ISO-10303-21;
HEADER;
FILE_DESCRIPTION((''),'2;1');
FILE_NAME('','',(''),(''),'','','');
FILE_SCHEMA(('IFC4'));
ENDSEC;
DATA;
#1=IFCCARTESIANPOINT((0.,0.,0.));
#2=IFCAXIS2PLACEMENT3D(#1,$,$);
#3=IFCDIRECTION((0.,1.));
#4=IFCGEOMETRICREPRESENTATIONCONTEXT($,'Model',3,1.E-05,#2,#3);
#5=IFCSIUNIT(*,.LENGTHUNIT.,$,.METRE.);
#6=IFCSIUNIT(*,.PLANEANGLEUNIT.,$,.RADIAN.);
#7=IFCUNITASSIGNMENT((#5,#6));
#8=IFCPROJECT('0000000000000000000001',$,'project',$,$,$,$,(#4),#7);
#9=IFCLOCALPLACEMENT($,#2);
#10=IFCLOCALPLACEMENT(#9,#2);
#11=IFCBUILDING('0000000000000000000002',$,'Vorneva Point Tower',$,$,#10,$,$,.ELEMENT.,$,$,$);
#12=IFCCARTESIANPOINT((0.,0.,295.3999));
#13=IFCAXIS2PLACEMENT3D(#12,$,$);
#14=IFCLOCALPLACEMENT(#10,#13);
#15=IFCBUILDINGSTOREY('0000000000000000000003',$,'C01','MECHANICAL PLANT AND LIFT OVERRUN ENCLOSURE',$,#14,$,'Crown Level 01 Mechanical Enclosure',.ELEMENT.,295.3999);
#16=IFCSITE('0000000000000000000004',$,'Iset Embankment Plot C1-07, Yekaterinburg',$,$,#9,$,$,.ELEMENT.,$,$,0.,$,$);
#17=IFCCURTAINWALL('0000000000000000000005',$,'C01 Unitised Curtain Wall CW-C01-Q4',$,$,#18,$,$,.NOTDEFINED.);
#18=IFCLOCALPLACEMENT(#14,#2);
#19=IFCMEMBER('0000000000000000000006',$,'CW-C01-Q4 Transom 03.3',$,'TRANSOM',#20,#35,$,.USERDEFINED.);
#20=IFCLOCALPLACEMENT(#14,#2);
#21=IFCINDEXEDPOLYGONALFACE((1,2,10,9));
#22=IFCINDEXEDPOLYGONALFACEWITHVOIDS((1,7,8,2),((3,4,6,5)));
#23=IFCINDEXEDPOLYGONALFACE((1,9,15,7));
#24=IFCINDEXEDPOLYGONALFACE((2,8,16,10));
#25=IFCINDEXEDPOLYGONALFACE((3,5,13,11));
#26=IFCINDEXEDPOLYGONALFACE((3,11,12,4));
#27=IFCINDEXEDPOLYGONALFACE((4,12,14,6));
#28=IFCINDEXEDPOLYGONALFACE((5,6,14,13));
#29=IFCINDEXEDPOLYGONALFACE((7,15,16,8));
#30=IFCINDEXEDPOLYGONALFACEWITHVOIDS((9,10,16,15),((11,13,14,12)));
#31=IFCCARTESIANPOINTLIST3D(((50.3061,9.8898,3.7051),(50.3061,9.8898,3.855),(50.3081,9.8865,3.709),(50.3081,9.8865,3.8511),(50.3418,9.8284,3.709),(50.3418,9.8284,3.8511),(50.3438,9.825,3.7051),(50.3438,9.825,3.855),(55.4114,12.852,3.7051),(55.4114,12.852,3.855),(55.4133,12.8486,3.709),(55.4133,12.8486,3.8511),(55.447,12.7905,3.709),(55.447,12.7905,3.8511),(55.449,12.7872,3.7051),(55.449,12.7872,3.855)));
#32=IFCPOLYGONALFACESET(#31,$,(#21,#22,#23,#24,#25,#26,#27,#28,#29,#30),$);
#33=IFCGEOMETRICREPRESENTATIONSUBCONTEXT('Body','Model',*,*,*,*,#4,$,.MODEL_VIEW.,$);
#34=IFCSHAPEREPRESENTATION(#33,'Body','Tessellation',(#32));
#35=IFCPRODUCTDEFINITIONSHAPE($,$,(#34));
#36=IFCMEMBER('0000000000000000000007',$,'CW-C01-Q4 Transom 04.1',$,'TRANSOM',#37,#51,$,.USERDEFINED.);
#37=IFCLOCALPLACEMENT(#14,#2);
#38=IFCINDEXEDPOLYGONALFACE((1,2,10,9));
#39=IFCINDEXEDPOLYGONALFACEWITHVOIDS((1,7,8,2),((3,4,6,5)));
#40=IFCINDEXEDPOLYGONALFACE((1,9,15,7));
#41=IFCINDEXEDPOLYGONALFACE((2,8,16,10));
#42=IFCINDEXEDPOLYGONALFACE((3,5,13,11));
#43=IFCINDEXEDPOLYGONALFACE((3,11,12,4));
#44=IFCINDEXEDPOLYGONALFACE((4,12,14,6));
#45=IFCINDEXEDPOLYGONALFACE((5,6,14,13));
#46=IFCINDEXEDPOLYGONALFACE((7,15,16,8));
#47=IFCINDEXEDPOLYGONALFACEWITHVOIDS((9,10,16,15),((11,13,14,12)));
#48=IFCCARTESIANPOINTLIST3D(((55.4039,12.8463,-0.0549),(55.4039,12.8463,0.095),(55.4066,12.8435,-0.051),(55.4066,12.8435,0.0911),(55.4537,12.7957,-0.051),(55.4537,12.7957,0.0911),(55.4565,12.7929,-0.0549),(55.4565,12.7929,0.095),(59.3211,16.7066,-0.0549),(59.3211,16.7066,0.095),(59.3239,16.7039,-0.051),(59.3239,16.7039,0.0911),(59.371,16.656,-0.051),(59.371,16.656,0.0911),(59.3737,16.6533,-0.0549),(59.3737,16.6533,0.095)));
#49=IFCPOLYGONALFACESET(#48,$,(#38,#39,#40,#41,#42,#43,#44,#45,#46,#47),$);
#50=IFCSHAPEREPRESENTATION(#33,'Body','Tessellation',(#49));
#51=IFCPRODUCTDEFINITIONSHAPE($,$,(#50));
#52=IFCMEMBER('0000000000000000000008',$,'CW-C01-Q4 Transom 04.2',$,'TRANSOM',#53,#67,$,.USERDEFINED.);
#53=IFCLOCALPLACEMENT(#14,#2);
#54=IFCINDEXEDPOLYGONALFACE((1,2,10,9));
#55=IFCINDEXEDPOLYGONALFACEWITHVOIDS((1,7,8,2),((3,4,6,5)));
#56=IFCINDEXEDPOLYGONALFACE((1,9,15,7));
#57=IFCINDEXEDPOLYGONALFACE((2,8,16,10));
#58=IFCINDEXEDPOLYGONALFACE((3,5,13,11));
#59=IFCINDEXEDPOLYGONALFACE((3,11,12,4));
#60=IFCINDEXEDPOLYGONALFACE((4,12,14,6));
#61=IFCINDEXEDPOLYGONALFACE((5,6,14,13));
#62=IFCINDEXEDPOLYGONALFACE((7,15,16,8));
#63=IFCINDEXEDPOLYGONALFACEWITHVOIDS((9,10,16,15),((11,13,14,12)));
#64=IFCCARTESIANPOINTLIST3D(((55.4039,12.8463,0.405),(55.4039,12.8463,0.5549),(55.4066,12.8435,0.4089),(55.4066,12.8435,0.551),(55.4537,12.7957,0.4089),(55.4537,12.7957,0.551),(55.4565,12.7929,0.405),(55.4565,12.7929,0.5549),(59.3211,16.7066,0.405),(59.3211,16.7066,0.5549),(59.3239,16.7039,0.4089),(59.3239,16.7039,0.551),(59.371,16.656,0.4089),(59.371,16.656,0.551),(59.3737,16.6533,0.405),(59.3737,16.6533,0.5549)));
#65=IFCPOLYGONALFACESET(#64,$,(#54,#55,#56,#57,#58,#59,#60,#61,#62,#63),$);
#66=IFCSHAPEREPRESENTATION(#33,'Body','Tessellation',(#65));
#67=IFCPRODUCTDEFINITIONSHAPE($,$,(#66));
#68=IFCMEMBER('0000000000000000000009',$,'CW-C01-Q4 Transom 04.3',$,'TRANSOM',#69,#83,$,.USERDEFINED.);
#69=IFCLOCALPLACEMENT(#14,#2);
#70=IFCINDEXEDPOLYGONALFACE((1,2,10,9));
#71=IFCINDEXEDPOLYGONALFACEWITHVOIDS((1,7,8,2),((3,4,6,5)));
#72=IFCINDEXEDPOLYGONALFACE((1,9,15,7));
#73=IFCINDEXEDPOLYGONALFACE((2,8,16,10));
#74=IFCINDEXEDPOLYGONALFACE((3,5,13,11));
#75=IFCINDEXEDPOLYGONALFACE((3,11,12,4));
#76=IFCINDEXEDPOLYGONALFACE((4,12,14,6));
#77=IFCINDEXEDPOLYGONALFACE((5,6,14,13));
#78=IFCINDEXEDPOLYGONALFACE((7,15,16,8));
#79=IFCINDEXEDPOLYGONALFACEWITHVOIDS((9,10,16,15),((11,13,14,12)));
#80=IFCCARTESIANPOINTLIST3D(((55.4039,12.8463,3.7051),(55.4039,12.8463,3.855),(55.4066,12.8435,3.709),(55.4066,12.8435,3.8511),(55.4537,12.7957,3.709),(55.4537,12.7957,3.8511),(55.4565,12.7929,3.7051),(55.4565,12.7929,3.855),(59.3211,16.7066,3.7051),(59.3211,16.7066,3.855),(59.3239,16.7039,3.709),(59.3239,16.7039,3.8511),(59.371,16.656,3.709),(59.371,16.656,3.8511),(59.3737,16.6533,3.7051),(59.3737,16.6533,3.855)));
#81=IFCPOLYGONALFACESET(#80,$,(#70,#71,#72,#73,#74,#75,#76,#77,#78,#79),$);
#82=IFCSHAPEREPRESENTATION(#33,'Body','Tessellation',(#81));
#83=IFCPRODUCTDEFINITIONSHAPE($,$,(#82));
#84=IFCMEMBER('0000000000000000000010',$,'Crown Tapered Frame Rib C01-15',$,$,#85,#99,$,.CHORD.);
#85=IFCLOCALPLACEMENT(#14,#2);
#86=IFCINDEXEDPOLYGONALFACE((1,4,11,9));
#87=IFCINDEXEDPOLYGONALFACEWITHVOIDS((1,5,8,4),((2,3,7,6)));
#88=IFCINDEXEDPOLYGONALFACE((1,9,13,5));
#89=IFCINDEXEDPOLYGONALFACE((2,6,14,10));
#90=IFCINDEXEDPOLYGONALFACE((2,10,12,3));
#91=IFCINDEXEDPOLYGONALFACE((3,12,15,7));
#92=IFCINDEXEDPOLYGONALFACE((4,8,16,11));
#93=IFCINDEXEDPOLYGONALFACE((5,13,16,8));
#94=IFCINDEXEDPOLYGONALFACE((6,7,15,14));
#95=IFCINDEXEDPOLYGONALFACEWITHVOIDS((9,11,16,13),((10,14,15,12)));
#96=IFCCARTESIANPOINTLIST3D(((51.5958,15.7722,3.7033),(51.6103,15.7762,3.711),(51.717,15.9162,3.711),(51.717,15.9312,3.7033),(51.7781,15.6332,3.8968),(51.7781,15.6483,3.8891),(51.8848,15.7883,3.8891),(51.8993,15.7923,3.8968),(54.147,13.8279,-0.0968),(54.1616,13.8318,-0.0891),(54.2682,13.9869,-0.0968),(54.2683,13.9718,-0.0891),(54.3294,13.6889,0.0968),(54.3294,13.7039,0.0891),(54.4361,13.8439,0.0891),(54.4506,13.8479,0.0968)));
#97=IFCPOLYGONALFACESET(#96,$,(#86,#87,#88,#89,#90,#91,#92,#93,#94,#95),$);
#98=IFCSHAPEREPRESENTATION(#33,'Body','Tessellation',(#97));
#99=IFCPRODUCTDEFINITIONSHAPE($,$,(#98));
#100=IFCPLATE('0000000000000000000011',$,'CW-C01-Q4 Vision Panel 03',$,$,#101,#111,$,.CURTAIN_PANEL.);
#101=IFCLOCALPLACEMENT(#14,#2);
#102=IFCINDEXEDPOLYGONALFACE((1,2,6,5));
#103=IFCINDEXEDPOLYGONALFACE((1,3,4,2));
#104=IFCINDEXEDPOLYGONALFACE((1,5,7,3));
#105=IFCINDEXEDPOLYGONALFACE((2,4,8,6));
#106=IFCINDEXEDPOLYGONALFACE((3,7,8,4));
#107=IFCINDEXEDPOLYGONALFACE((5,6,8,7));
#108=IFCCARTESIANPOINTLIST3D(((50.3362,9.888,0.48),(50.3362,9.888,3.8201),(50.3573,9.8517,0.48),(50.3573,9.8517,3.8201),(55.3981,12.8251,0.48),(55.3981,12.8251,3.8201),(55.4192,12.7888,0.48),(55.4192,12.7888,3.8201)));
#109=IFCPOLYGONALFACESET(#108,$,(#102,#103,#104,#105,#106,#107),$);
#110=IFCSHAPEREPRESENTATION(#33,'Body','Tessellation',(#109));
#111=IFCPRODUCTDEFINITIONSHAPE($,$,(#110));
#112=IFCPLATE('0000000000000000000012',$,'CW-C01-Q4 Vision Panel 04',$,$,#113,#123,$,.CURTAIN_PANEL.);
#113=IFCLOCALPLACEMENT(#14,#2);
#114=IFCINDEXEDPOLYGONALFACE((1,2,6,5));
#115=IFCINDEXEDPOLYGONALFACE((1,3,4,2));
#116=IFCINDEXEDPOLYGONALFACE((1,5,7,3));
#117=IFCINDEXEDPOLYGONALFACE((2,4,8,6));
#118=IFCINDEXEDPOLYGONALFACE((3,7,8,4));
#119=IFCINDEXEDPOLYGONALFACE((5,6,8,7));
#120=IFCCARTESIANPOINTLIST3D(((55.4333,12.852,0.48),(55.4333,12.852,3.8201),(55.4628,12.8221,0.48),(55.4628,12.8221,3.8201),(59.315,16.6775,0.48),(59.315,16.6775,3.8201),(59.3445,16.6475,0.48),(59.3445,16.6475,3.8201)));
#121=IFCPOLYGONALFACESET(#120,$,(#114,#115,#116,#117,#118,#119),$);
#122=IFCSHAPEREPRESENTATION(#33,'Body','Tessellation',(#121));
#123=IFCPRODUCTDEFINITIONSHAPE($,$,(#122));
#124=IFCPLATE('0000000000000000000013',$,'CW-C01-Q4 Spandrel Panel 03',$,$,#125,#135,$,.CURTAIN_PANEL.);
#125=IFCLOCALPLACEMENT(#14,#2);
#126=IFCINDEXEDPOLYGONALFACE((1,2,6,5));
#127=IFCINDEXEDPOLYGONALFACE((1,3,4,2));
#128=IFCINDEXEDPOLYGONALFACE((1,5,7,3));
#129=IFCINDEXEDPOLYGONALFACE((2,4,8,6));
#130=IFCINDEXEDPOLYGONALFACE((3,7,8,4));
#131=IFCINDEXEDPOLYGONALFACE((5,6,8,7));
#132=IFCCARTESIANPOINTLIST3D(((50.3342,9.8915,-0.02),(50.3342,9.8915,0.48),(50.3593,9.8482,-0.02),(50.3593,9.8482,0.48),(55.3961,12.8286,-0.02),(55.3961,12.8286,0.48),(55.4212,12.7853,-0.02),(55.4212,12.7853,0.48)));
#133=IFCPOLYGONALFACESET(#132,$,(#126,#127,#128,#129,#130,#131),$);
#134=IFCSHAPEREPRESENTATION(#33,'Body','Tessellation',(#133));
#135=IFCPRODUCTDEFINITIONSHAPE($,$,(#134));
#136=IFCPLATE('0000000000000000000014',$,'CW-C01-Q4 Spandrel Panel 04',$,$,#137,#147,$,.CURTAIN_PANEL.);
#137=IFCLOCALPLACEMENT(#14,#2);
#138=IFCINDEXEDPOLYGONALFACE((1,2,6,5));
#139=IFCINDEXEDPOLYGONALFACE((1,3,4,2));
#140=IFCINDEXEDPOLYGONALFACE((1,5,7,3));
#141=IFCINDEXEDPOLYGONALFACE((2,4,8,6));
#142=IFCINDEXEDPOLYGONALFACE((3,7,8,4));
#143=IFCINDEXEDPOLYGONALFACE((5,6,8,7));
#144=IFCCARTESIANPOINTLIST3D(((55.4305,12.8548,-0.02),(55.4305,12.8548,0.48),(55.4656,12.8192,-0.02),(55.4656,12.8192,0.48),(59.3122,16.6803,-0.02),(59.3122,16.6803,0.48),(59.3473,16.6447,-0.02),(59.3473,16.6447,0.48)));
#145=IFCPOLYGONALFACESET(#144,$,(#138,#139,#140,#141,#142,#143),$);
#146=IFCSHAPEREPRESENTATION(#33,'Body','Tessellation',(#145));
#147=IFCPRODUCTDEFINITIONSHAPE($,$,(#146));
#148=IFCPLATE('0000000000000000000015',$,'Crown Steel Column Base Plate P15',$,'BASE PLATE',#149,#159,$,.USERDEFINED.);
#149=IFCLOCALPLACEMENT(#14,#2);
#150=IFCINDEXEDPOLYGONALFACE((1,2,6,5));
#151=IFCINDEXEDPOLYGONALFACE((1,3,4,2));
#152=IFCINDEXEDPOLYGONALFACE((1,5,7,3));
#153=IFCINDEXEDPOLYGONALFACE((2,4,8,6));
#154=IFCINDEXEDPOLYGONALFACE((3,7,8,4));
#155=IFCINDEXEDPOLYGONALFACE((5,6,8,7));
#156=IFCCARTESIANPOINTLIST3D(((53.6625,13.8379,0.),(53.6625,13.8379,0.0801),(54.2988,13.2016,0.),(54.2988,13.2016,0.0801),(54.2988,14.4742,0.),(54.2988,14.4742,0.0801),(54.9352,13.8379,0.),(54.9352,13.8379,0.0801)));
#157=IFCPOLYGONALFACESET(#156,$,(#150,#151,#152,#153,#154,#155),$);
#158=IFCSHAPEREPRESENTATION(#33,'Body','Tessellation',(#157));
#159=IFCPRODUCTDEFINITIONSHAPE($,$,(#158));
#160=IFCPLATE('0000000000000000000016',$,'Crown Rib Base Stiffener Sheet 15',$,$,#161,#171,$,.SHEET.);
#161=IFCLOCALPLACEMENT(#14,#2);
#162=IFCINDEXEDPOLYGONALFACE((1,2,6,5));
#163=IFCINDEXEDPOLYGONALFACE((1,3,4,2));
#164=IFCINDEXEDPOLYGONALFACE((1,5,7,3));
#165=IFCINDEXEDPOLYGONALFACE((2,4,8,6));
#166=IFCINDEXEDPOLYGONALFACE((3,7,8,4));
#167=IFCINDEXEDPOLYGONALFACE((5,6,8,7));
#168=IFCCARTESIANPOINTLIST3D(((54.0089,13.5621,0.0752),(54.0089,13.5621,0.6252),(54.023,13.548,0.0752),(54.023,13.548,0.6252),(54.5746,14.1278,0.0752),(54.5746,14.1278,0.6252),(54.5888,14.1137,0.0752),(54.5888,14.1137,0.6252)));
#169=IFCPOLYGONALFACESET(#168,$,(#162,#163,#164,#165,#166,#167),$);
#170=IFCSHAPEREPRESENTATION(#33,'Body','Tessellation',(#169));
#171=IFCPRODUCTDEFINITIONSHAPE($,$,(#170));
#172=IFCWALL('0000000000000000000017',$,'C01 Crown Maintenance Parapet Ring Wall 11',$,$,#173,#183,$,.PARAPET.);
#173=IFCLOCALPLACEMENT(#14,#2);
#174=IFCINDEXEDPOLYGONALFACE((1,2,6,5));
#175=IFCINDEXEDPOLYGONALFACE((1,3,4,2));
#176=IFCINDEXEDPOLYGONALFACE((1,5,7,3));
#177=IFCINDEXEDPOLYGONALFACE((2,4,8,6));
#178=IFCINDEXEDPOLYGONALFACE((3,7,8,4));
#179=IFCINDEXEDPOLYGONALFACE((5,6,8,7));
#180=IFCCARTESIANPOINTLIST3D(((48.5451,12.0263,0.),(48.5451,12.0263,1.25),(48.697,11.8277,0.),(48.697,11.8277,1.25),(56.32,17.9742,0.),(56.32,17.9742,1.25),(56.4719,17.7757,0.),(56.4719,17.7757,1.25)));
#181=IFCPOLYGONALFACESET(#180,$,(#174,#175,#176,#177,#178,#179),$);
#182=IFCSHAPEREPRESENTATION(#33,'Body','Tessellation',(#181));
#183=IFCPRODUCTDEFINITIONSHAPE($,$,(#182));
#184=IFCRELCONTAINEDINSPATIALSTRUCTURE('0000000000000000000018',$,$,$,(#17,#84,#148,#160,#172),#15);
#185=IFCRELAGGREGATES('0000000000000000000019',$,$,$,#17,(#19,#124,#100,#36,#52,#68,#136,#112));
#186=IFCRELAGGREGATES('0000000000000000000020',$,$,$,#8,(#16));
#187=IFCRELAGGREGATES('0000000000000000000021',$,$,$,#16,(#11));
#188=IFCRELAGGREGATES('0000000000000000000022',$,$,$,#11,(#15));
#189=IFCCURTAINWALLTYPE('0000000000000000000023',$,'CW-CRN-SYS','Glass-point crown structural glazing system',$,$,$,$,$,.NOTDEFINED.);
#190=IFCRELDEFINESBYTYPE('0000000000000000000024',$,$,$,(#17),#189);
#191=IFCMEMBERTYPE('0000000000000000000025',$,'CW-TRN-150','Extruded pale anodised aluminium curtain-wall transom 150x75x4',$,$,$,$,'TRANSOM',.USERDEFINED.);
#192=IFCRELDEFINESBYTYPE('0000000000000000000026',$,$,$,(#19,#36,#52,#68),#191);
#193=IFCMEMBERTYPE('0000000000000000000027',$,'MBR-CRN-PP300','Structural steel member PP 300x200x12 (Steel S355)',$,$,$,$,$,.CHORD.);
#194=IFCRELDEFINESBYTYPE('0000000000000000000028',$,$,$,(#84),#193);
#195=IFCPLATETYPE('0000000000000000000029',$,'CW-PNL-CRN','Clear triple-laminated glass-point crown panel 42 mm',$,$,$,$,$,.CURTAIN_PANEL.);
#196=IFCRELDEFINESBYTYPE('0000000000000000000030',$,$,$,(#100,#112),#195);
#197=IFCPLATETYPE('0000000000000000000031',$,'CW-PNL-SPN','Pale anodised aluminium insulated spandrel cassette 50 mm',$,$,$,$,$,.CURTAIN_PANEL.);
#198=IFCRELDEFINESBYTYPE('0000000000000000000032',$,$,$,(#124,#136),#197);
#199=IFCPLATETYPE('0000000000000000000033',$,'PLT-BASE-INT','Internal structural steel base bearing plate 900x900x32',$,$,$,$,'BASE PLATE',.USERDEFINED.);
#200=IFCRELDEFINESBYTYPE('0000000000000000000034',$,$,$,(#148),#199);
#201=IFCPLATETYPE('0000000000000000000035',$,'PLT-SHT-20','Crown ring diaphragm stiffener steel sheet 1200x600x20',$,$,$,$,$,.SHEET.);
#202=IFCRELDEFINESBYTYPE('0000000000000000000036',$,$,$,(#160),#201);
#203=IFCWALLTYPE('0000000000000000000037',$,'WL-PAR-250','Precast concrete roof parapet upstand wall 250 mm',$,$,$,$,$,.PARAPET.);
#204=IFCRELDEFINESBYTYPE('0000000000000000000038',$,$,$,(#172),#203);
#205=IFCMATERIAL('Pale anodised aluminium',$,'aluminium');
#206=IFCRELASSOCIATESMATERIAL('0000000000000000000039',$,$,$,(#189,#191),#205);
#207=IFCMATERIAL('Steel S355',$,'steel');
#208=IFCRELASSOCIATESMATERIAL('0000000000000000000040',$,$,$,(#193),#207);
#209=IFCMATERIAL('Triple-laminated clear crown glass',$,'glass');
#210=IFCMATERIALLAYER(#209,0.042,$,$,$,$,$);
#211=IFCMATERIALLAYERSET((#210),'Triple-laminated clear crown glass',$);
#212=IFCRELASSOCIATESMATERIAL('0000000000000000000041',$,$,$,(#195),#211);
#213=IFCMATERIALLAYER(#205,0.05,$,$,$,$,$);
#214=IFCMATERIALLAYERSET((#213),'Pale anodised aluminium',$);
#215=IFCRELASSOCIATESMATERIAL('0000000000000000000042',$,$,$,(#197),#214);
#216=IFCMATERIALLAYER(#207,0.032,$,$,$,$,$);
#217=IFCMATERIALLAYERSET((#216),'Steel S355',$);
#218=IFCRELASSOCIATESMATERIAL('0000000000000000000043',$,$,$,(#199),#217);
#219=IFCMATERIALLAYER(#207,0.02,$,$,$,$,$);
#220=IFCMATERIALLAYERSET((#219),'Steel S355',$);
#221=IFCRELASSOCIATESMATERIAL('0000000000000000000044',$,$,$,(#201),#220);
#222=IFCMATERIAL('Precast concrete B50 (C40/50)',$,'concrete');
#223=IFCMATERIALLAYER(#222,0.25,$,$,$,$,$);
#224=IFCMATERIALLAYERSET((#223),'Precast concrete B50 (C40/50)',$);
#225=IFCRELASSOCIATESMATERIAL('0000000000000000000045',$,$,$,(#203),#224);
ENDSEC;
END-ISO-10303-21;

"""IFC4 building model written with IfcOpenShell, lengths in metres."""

from ifc_helpers import new_model, si_unit, direction, frame, frame_2d, origin, origin_2d, place, context, subcontext, project, spatial, rectangle, hollow_rectangle, extrude, material, layer, layer_set, material_profile, profile_set, type_object, element, aggregate, save


model = new_model("IFC4")

# Units and contexts
model_context = context("Model", 3, precision=1e-05, world=origin(), true_north=direction((0.0, 1.0)))
body_context = subcontext(model_context, "Body", "Model", "MODEL_VIEW")
ifc_project = project(units=[si_unit("LENGTHUNIT", "METRE"), si_unit("PLANEANGLEUNIT", "RADIAN")], contexts=[model_context])

# Site, building, storey
site_placement = place(None, origin())
site = spatial("IfcSite", under=ifc_project, at=site_placement, Name="Iset Embankment Plot C1-07, Yekaterinburg", CompositionType="ELEMENT", RefElevation=0.0)
building_placement = place(site_placement, origin())
building = spatial("IfcBuilding", under=site, at=building_placement, Name="Vorneva Point Tower", CompositionType="ELEMENT")
storey_placement = place(building_placement, frame((0.0, 0.0, 295.3999)))
storey = spatial("IfcBuildingStorey", under=building, at=storey_placement, Name="C01", Description="MECHANICAL PLANT AND LIFT OVERRUN ENCLOSURE", LongName="Crown Level 01 Mechanical Enclosure", CompositionType="ELEMENT", Elevation=295.3999)

# Shared definitions
ifc_material_1 = material(Name="Steel S355", Category="steel")

# Curtain wall, members
ifc_material_2 = material(Name="Pale anodised aluminium", Category="aluminium")
curtain_wall_type = type_object("IfcCurtainWallType", Name="CW-CRN-SYS", Description="Glass-point crown structural glazing system", PredefinedType="NOTDEFINED", material=ifc_material_2)
curtain_wall_placement = place(storey_placement, origin())
curtain_wall = element("IfcCurtainWall", 1, at=curtain_wall_placement, inside=storey, type_object=curtain_wall_type, Name="C01 Unitised Curtain Wall CW-C01-Q4", PredefinedType="NOTDEFINED")
ifc_material_profile_1 = material_profile(ifc_material_2, hollow_rectangle(XDim=0.075, YDim=0.1499, WallThickness=0.0039, at=origin_2d()), Name="AL-TRN 150x75x4")
ifc_profile_set_1 = profile_set([ifc_material_profile_1], Name="Pale anodised aluminium")
member_type_1 = type_object("IfcMemberType", Name="CW-TRN-150", Description="Extruded pale anodised aluminium curtain-wall transom 150x75x4", ElementType="TRANSOM", PredefinedType="USERDEFINED", material=ifc_profile_set_1)
member_1_placement = place(storey_placement, frame((50.325, 9.8574, 3.78), z_axis=(0.864948, 0.501861, 0.0), x_axis=(-0.501861, 0.864948, 0.0)))
member_1 = element("IfcMember", 2, at=member_1_placement, type_object=member_type_1, Name="CW-C01-Q4 Transom 03.3", ObjectType="TRANSOM", PredefinedType="USERDEFINED", context=body_context, shape_type="SweptSolid", body=[
    extrude(hollow_rectangle(XDim=0.075, YDim=0.1499, WallThickness=0.0039, at=origin_2d()), origin(), (0.0, 0.0, 1.0), 5.9023),
])
member_2_placement = place(storey_placement, frame((55.4302, 12.8196, 0.02), z_axis=(0.712259, 0.701916, 0.0), x_axis=(-0.701916, 0.712259, 0.0)))
member_2 = element("IfcMember", 3, at=member_2_placement, type_object=member_type_1, Name="CW-C01-Q4 Transom 04.1", ObjectType="TRANSOM", PredefinedType="USERDEFINED", context=body_context, shape_type="SweptSolid", body=[
    extrude(hollow_rectangle(XDim=0.075, YDim=0.1499, WallThickness=0.0039, at=origin_2d()), origin(), (0.0, 0.0, 1.0), 5.4998),
])
member_3_placement = place(storey_placement, frame((55.4302, 12.8196, 0.48), z_axis=(0.712259, 0.701916, 0.0), x_axis=(-0.701916, 0.712259, 0.0)))
member_3 = element("IfcMember", 4, at=member_3_placement, type_object=member_type_1, Name="CW-C01-Q4 Transom 04.2", ObjectType="TRANSOM", PredefinedType="USERDEFINED", context=body_context, shape_type="SweptSolid", body=[
    extrude(hollow_rectangle(XDim=0.075, YDim=0.1499, WallThickness=0.0039, at=origin_2d()), origin(), (0.0, 0.0, 1.0), 5.4998),
])
member_4_placement = place(storey_placement, frame((55.4302, 12.8196, 3.78), z_axis=(0.712259, 0.701916, 0.0), x_axis=(-0.701916, 0.712259, 0.0)))
member_4 = element("IfcMember", 5, at=member_4_placement, type_object=member_type_1, Name="CW-C01-Q4 Transom 04.3", ObjectType="TRANSOM", PredefinedType="USERDEFINED", context=body_context, shape_type="SweptSolid", body=[
    extrude(hollow_rectangle(XDim=0.075, YDim=0.1499, WallThickness=0.0039, at=origin_2d()), origin(), (0.0, 0.0, 1.0), 5.4998),
])

# Member
ifc_material_profile_2 = material_profile(ifc_material_1, hollow_rectangle(XDim=0.2, YDim=0.3, WallThickness=0.012, at=origin_2d()), Name="PP 300x200x12")
ifc_profile_set_2 = profile_set([ifc_material_profile_2], Name="Steel S355")
member_type_2 = type_object("IfcMemberType", Name="MBR-CRN-PP300", Description="Structural steel member PP 300x200x12 (Steel S355)", PredefinedType="CHORD", material=ifc_profile_set_2)
member_5_placement = place(storey_placement, frame((54.2988, 13.8379, 0.0), z_axis=(-0.513034, 0.390986, 0.764151), x_axis=(-0.606144, -0.795355, 0.0)))
element("IfcMember", 6, at=member_5_placement, inside=storey, type_object=member_type_2, Name="Crown Tapered Frame Rib C01-15", PredefinedType="CHORD", context=body_context, shape_type="SweptSolid", body=[
    extrude(hollow_rectangle(XDim=0.2, YDim=0.3, WallThickness=0.012, at=origin_2d()), origin(), (0.0, 0.0, 1.0), 4.9729),
])

# Plates
ifc_material_3 = material(Name="Triple-laminated clear crown glass", Category="glass")
ifc_layer_1 = layer(ifc_material_3, 0.042)
ifc_layer_set_1 = layer_set([ifc_layer_1], Name="Triple-laminated clear crown glass")
plate_type_1 = type_object("IfcPlateType", Name="CW-PNL-CRN", Description="Clear triple-laminated glass-point crown panel 42 mm", PredefinedType="CURTAIN_PANEL", material=ifc_layer_set_1)
plate_1_placement = place(storey_placement, frame((52.8777, 11.3384, 0.48), z_axis=(0.0, 0.0, 1.0), x_axis=(0.864941, 0.501873, 0.0)))
plate_1 = element("IfcPlate", 7, at=plate_1_placement, type_object=plate_type_1, Name="CW-C01-Q4 Vision Panel 03", PredefinedType="CURTAIN_PANEL", context=body_context, shape_type="SweptSolid", body=[
    extrude(rectangle(XDim=5.8523, YDim=0.042, at=origin_2d()), origin(), (0.0, 0.0, 1.0), 3.3401),
])
plate_2_placement = place(storey_placement, frame((57.3889, 14.7498, 0.48), z_axis=(0.0, 0.0, 1.0), x_axis=(0.712247, 0.701929, 0.0)))
plate_2 = element("IfcPlate", 8, at=plate_2_placement, type_object=plate_type_1, Name="CW-C01-Q4 Vision Panel 04", PredefinedType="CURTAIN_PANEL", context=body_context, shape_type="SweptSolid", body=[
    extrude(rectangle(XDim=5.45, YDim=0.042, at=origin_2d()), origin(), (0.0, 0.0, 1.0), 3.3401),
])
ifc_layer_2 = layer(ifc_material_2, 0.05)
ifc_layer_set_2 = layer_set([ifc_layer_2], Name="Pale anodised aluminium")
plate_type_2 = type_object("IfcPlateType", Name="CW-PNL-SPN", Description="Pale anodised aluminium insulated spandrel cassette 50 mm", PredefinedType="CURTAIN_PANEL", material=ifc_layer_set_2)
plate_3_placement = place(storey_placement, frame((52.8777, 11.3384, -0.02), z_axis=(0.0, 0.0, 1.0), x_axis=(0.864941, 0.501873, 0.0)))
plate_3 = element("IfcPlate", 9, at=plate_3_placement, type_object=plate_type_2, Name="CW-C01-Q4 Spandrel Panel 03", PredefinedType="CURTAIN_PANEL", context=body_context, shape_type="SweptSolid", body=[
    extrude(rectangle(XDim=5.8523, YDim=0.05, at=origin_2d()), origin(), (0.0, 0.0, 1.0), 0.5),
])
plate_4_placement = place(storey_placement, frame((57.3889, 14.7498, -0.02), z_axis=(0.0, 0.0, 1.0), x_axis=(0.712247, 0.701929, 0.0)))
plate_4 = element("IfcPlate", 10, at=plate_4_placement, type_object=plate_type_2, Name="CW-C01-Q4 Spandrel Panel 04", PredefinedType="CURTAIN_PANEL", context=body_context, shape_type="SweptSolid", body=[
    extrude(rectangle(XDim=5.45, YDim=0.05, at=origin_2d()), origin(), (0.0, 0.0, 1.0), 0.5),
])
aggregate(curtain_wall, [member_1, plate_3, plate_1, member_2, member_3, member_4, plate_4, plate_2])

# Plates
ifc_layer_3 = layer(ifc_material_1, 0.032)
ifc_layer_set_3 = layer_set([ifc_layer_3], Name="Steel S355")
plate_type_3 = type_object("IfcPlateType", Name="PLT-BASE-INT", Description="Internal structural steel base bearing plate 900x900x32", ElementType="BASE PLATE", PredefinedType="USERDEFINED", material=ifc_layer_set_3)
plate_5_placement = place(storey_placement, frame((54.2988, 13.8379, 0.0), z_axis=(0.0, 0.0, 1.0), x_axis=(0.707107, -0.707107, 0.0)))
element("IfcPlate", 11, at=plate_5_placement, inside=storey, type_object=plate_type_3, Name="Crown Steel Column Base Plate P15", ObjectType="BASE PLATE", PredefinedType="USERDEFINED", context=body_context, shape_type="SweptSolid", body=[
    extrude(rectangle(XDim=0.8999, YDim=0.8999, at=origin_2d()), origin(), (0.0, 0.0, 1.0), 0.0801),
])
ifc_layer_4 = layer(ifc_material_1, 0.02)
ifc_layer_set_4 = layer_set([ifc_layer_4], Name="Steel S355")
plate_type_4 = type_object("IfcPlateType", Name="PLT-SHT-20", Description="Crown ring diaphragm stiffener steel sheet 1200x600x20", PredefinedType="SHEET", material=ifc_layer_set_4)
plate_6_placement = place(storey_placement, frame((54.2988, 13.8379, 0.0752), z_axis=(0.0, 0.0, 1.0), x_axis=(0.707107, 0.707107, 0.0)))
element("IfcPlate", 12, at=plate_6_placement, inside=storey, type_object=plate_type_4, Name="Crown Rib Base Stiffener Sheet 15", PredefinedType="SHEET", context=body_context, shape_type="SweptSolid", body=[
    extrude(rectangle(XDim=0.8, YDim=0.02, at=origin_2d()), origin(), (0.0, 0.0, 1.0), 0.55),
])

# Wall
ifc_material_4 = material(Name="Precast concrete B50 (C40/50)", Category="concrete")
ifc_layer_5 = layer(ifc_material_4, 0.25)
ifc_layer_set_5 = layer_set([ifc_layer_5], Name="Precast concrete B50 (C40/50)")
wall_type = type_object("IfcWallType", Name="WL-PAR-250", Description="Precast concrete roof parapet upstand wall 250 mm", PredefinedType="PARAPET", material=ifc_layer_set_5)
wall_placement = place(storey_placement, frame((48.6211, 11.927, 0.0), z_axis=(0.0, 0.0, 1.0), x_axis=(0.794235, 0.60761, 0.0)))
element("IfcWall", 13, at=wall_placement, inside=storey, type_object=wall_type, Name="C01 Crown Maintenance Parapet Ring Wall 11", PredefinedType="PARAPET", context=body_context, shape_type="SweptSolid", body=[
    extrude(rectangle(XDim=9.7891, YDim=0.25, at=frame_2d((4.8945, 0.0))), origin(), (0.0, 0.0, 1.0), 1.25),
])

save(model, "model.ifc")
